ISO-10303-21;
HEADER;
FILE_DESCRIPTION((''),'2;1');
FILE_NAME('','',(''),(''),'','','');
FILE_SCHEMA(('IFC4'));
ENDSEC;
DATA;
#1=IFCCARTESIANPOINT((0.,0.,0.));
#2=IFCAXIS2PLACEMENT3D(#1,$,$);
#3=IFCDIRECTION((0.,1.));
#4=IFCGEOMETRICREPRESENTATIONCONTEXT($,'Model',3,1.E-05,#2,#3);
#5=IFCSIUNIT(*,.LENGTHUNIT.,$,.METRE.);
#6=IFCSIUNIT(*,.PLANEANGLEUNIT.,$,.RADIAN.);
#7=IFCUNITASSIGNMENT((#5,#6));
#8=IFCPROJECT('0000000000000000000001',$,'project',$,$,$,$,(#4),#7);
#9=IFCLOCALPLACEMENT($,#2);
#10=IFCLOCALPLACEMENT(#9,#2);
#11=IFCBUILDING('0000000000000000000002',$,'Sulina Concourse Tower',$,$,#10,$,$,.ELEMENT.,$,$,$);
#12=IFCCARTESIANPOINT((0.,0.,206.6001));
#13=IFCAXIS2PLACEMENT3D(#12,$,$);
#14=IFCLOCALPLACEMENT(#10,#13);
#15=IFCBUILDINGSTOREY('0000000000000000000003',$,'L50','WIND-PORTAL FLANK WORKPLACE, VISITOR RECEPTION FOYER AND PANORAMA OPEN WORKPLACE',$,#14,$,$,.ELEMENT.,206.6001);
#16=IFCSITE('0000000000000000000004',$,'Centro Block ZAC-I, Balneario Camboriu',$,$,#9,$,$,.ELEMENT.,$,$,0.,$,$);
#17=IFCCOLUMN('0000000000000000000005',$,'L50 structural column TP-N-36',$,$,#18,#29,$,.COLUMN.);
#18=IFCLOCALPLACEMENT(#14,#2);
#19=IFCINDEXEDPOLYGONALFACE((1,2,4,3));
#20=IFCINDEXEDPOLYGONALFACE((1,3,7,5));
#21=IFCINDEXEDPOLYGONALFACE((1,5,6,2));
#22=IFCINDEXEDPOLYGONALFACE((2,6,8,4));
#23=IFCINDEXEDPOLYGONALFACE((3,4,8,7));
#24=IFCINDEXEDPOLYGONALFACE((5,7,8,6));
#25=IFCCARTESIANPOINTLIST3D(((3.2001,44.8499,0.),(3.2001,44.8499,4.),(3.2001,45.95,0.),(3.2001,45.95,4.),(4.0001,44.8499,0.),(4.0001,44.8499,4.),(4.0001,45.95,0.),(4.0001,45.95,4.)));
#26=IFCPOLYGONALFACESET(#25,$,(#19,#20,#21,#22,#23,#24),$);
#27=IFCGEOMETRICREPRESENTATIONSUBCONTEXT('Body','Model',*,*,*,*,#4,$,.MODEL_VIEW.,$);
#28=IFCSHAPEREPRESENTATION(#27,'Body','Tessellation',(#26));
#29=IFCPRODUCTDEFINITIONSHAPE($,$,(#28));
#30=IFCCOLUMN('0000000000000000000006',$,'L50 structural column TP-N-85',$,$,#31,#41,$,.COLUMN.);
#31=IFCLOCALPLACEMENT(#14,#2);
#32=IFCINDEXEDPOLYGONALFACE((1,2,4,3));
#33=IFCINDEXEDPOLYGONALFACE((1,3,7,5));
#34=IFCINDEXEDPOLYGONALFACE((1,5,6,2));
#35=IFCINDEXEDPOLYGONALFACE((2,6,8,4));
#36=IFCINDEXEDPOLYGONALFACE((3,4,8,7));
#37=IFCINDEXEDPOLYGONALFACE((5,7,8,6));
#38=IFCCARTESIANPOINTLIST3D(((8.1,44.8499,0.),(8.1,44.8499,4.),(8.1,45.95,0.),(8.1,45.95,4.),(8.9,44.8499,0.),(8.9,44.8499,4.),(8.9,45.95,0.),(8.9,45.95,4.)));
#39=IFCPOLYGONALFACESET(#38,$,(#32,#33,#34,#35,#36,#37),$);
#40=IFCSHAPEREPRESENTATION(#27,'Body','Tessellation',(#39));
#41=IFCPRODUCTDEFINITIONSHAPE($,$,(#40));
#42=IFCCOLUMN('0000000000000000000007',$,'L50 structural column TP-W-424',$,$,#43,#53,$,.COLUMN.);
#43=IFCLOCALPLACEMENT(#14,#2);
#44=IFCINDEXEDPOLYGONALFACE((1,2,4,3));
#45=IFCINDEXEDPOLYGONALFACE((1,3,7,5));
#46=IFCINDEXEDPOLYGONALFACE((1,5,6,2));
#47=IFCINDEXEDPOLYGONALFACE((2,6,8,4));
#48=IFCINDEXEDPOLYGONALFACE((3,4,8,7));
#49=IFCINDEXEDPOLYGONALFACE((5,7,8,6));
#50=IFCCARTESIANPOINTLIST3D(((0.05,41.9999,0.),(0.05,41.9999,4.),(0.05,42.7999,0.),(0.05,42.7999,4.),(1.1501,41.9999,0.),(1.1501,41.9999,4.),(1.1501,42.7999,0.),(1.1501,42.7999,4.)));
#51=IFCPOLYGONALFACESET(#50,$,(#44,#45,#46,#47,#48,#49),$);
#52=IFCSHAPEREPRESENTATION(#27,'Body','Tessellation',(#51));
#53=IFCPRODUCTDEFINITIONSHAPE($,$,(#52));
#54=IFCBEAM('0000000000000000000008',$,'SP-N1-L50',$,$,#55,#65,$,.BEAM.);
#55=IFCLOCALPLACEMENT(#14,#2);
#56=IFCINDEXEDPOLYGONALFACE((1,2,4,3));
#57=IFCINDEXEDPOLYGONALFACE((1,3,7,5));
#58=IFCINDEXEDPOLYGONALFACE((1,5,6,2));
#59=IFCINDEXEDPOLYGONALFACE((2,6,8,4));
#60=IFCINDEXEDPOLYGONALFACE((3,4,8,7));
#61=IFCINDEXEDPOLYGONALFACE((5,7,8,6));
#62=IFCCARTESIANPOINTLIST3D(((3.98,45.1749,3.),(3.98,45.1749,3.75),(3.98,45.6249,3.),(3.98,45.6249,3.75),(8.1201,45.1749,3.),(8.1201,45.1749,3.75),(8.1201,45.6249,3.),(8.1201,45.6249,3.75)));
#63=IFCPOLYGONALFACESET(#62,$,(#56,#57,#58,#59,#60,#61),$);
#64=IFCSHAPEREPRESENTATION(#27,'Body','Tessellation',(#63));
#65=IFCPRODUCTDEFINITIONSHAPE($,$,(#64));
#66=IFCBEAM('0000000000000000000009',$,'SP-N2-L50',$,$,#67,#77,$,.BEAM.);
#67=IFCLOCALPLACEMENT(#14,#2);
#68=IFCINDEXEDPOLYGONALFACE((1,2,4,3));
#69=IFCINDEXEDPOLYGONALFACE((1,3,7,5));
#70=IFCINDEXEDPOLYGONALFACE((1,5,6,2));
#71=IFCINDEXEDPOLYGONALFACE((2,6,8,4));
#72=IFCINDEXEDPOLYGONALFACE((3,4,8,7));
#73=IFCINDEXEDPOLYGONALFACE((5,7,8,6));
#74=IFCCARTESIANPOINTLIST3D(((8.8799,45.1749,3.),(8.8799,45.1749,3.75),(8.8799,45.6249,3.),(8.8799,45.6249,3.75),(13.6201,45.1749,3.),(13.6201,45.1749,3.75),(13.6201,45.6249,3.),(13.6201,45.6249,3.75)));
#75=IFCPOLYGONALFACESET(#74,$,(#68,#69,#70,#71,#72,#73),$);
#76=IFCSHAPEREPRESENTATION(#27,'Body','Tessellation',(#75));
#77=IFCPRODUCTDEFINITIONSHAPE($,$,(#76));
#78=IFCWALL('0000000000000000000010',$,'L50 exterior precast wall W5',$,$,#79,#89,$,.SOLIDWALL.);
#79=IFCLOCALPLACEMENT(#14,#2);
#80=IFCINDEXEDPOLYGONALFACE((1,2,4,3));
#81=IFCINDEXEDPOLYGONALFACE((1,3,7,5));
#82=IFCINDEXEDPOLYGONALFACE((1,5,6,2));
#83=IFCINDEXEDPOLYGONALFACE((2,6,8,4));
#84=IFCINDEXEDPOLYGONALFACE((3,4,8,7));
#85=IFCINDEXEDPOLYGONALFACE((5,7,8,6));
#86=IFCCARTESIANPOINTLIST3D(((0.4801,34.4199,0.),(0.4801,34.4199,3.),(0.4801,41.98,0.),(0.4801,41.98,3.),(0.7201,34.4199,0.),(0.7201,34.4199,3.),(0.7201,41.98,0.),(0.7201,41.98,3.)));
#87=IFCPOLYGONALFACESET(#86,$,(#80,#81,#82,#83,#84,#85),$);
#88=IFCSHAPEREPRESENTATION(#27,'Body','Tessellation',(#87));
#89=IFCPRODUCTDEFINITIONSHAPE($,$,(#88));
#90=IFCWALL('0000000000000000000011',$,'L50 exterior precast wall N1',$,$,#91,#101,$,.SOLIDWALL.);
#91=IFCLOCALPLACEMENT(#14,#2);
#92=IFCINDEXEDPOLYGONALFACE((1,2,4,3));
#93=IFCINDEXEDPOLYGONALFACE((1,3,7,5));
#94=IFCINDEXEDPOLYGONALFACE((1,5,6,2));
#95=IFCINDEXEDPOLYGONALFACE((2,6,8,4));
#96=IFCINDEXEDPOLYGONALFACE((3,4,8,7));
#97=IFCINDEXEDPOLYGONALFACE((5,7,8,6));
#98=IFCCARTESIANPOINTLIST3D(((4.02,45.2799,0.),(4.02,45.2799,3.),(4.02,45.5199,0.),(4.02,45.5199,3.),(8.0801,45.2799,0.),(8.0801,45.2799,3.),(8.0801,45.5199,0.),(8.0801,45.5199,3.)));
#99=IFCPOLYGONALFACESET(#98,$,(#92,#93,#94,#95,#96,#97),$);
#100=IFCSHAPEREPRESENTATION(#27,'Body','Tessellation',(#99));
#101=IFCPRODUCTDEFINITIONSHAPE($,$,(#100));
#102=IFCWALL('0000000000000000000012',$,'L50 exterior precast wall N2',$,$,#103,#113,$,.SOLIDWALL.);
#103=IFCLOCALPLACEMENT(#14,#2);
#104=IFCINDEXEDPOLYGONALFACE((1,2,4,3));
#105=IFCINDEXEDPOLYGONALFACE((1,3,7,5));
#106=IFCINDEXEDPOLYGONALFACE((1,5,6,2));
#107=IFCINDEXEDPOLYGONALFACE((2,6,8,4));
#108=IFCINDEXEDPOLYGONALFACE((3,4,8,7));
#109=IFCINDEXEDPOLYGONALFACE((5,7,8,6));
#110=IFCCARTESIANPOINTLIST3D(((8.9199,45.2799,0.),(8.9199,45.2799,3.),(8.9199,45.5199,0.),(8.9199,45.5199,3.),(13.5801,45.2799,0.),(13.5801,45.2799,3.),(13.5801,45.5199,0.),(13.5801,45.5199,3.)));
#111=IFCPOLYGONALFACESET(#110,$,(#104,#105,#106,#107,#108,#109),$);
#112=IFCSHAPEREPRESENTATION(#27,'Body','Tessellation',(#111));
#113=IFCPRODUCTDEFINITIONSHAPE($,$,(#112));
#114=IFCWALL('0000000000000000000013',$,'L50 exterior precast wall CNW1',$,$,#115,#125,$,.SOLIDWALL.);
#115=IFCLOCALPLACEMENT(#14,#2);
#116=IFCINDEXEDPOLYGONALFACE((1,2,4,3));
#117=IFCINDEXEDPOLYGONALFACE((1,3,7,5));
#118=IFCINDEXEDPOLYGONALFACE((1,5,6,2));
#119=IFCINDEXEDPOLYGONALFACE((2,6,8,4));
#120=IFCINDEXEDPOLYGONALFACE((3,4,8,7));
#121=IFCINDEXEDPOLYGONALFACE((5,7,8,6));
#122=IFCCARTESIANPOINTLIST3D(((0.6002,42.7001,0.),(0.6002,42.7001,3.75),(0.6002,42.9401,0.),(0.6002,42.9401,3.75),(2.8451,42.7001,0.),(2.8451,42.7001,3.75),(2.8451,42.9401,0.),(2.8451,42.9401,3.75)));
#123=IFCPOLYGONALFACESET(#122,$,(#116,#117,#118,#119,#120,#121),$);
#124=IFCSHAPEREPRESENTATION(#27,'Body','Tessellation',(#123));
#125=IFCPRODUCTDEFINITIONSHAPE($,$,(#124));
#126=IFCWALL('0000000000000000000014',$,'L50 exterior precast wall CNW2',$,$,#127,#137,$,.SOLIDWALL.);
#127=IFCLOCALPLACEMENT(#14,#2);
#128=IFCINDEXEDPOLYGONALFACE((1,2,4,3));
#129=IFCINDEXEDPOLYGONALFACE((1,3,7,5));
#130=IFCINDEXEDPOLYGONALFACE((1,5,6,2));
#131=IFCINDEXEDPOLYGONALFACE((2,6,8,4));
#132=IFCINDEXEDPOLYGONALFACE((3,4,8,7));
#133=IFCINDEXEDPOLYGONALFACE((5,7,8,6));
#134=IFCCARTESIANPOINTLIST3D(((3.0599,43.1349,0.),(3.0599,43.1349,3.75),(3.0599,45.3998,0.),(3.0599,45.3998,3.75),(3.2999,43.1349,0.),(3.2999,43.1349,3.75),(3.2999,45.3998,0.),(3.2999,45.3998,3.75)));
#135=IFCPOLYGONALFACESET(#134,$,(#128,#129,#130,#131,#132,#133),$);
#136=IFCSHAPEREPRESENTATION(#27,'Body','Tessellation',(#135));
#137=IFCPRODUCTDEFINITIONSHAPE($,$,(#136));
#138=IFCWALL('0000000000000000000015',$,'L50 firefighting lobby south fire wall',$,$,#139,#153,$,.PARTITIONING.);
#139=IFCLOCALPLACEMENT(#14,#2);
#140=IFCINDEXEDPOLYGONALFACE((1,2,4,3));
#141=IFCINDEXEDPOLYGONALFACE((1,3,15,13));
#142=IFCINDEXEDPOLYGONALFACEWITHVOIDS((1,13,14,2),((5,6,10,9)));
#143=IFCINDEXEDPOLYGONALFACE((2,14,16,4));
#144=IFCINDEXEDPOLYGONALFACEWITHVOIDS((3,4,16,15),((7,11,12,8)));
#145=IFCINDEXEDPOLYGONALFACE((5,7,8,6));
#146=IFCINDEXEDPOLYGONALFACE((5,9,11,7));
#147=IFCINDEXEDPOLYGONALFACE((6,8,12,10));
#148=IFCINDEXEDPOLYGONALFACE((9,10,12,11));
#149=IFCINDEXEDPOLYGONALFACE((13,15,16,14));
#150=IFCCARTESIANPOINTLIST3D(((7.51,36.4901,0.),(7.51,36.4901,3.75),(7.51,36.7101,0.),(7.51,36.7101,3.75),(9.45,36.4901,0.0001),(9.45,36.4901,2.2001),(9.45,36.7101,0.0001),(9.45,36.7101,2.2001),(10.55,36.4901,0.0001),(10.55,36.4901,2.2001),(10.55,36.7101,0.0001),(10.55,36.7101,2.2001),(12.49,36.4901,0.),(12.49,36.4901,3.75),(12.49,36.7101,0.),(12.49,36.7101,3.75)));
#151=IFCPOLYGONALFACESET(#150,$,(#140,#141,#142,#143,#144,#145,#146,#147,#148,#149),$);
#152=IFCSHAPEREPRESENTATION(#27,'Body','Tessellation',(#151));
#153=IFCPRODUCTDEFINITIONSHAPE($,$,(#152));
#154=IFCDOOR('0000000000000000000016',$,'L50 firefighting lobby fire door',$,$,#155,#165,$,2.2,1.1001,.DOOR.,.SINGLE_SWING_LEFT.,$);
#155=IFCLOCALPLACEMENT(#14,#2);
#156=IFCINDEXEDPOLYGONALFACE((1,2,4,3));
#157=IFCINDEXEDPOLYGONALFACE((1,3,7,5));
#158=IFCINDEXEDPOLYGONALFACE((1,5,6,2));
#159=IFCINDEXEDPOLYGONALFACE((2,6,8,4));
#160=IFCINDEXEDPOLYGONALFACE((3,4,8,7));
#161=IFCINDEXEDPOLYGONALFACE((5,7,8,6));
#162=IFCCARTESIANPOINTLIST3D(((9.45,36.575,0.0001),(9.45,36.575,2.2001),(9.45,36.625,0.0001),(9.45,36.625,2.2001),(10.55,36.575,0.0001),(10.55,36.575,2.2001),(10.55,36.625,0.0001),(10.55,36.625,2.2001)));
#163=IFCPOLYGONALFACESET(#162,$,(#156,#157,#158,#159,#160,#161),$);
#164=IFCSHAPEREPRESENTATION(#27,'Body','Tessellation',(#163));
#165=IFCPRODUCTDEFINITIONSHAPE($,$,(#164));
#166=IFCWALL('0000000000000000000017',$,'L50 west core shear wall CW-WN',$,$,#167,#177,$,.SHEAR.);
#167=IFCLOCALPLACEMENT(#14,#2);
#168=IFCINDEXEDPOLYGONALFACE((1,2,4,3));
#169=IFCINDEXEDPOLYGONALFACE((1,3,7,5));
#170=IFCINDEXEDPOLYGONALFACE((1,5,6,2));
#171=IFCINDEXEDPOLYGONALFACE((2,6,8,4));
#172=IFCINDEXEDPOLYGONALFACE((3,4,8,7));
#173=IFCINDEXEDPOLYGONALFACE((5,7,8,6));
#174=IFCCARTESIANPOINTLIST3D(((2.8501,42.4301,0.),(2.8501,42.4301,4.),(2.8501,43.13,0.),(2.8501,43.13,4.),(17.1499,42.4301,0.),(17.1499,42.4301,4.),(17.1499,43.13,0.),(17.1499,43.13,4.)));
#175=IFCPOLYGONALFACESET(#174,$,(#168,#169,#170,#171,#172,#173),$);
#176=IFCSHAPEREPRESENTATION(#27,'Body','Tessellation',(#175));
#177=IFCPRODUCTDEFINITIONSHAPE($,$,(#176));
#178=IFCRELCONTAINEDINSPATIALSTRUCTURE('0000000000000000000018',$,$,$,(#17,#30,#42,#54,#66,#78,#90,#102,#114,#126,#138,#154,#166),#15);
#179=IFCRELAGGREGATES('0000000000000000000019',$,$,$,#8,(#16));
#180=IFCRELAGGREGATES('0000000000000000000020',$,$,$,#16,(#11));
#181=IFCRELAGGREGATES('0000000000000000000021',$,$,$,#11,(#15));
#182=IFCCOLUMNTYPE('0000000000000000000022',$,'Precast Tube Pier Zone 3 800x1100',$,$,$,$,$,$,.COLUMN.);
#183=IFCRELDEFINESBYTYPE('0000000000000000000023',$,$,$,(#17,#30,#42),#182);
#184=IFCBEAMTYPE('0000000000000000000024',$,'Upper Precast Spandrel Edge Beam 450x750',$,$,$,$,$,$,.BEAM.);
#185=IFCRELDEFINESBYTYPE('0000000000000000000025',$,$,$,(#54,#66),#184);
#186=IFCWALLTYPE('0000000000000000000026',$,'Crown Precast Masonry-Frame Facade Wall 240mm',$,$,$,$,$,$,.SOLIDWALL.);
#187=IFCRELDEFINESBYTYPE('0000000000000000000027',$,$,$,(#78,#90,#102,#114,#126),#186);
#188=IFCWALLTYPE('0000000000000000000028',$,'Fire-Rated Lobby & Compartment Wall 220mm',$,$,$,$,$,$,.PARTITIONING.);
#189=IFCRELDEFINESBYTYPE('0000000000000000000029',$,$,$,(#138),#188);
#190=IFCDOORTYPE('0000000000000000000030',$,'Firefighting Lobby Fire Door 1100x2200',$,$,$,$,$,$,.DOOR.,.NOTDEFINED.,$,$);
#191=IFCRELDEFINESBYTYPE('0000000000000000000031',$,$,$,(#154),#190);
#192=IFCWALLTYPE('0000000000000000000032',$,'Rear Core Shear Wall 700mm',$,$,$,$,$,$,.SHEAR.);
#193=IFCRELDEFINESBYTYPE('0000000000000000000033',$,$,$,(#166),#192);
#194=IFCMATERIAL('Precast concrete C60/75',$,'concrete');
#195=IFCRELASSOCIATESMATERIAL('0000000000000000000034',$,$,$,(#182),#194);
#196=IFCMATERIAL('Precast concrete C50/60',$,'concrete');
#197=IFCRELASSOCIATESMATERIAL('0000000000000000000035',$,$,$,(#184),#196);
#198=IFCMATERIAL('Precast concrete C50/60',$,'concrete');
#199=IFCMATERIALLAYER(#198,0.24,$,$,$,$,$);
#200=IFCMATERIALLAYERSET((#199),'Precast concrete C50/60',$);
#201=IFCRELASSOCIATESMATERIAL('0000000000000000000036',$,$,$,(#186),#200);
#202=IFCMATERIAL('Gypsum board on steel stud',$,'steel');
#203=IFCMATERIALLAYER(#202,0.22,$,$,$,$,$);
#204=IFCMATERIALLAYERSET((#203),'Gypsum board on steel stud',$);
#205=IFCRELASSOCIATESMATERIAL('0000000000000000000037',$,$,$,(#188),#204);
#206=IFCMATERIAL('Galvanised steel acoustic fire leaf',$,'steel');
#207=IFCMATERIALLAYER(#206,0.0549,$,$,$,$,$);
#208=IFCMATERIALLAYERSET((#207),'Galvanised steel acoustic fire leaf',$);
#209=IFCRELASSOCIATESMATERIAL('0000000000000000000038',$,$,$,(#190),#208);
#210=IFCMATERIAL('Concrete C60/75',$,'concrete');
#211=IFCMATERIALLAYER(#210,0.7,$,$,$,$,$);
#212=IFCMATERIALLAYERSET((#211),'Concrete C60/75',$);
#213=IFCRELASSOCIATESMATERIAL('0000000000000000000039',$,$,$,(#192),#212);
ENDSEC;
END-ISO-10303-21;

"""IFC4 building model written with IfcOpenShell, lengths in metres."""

from ifc_helpers import new_model, si_unit, direction, frame, frame_2d, origin, origin_2d, place, context, subcontext, project, spatial, rectangle, extrude, material, layer, layer_set, material_profile, profile_set, type_object, element, fill, save


model = new_model("IFC4")

# Units and contexts
model_context = context("Model", 3, precision=1e-05, world=origin(), true_north=direction((0.0, 1.0)))
body_context = subcontext(model_context, "Body", "Model", "MODEL_VIEW")
ifc_project = project(units=[si_unit("LENGTHUNIT", "METRE"), si_unit("PLANEANGLEUNIT", "RADIAN")], contexts=[model_context])

# Site, building, storey
site_placement = place(None, origin())
site = spatial("IfcSite", under=ifc_project, at=site_placement, Name="Centro Block ZAC-I, Balneario Camboriu", CompositionType="ELEMENT", RefElevation=0.0)
building_placement = place(site_placement, origin())
building = spatial("IfcBuilding", under=site, at=building_placement, Name="Sulina Concourse Tower", CompositionType="ELEMENT")
storey_placement = place(building_placement, frame((0.0, 0.0, 206.6001)))
storey = spatial("IfcBuildingStorey", under=building, at=storey_placement, Name="L50", Description="WIND-PORTAL FLANK WORKPLACE, VISITOR RECEPTION FOYER AND PANORAMA OPEN WORKPLACE", CompositionType="ELEMENT", Elevation=206.6001)

# Columns
ifc_material_1 = material(Name="Precast concrete C60/75", Category="concrete")
ifc_material_profile_1 = material_profile(ifc_material_1, rectangle(XDim=0.8, YDim=1.1001, at=origin_2d()), Name="PC 800x1100")
ifc_profile_set_1 = profile_set([ifc_material_profile_1], Name="Precast concrete C60/75")
column_type = type_object("IfcColumnType", Name="Precast Tube Pier Zone 3 800x1100", PredefinedType="COLUMN", material=ifc_profile_set_1)
for number, where, z_axis, x_axis, name in (
    (1, (3.6001, 45.3999, 0.0), (0.0, 0.0, 1.0), (1.0, 0.0, 0.0), "L50 structural column TP-N-36"),
    (2, (8.5, 45.3999, 0.0), (0.0, 0.0, 1.0), (1.0, 0.0, 0.0), "L50 structural column TP-N-85"),
    (3, (0.6001, 42.3999, 0.0), (0.0, 0.0, 1.0), (0.0, 1.0, 0.0), "L50 structural column TP-W-424"),
):
    element("IfcColumn", number, at=place(storey_placement, frame(where, z_axis=z_axis, x_axis=x_axis)), inside=storey, type_object=column_type, Name=name, PredefinedType="COLUMN", context=body_context, shape_type="SweptSolid", body=[
        extrude(rectangle(XDim=0.8, YDim=1.1001, at=origin_2d()), origin(), (0.0, 0.0, 1.0), 4.0),
    ])

# Beams
ifc_material_2 = material(Name="Precast concrete C50/60", Category="concrete")
ifc_material_profile_2 = material_profile(ifc_material_2, rectangle(XDim=0.45, YDim=0.75, at=origin_2d()), Name="RC 450x750")
ifc_profile_set_2 = profile_set([ifc_material_profile_2], Name="Precast concrete C50/60")
beam_type = type_object("IfcBeamType", Name="Upper Precast Spandrel Edge Beam 450x750", PredefinedType="BEAM", material=ifc_profile_set_2)
beam_1_placement = place(storey_placement, frame((3.98, 45.3999, 3.375), z_axis=(1.0, 0.0, 0.0), x_axis=(0.0, 1.0, 0.0)))
element("IfcBeam", 4, at=beam_1_placement, inside=storey, type_object=beam_type, Name="SP-N1-L50", PredefinedType="BEAM", context=body_context, shape_type="SweptSolid", body=[
    extrude(rectangle(XDim=0.45, YDim=0.75, at=origin_2d()), origin(), (0.0, 0.0, 1.0), 4.1401),
])
beam_2_placement = place(storey_placement, frame((8.8799, 45.3999, 3.375), z_axis=(1.0, 0.0, 0.0), x_axis=(0.0, 1.0, 0.0)))
element("IfcBeam", 5, at=beam_2_placement, inside=storey, type_object=beam_type, Name="SP-N2-L50", PredefinedType="BEAM", context=body_context, shape_type="SweptSolid", body=[
    extrude(rectangle(XDim=0.45, YDim=0.75, at=origin_2d()), origin(), (0.0, 0.0, 1.0), 4.7402),
])

# Walls
ifc_material_3 = material(Name="Precast concrete C50/60", Category="concrete")
ifc_layer_1 = layer(ifc_material_3, 0.24)
ifc_layer_set_1 = layer_set([ifc_layer_1], Name="Precast concrete C50/60")
wall_type_1 = type_object("IfcWallType", Name="Crown Precast Masonry-Frame Facade Wall 240mm", PredefinedType="SOLIDWALL", material=ifc_layer_set_1)
wall_1_placement = place(storey_placement, frame((0.6001, 34.4199, 0.0), z_axis=(0.0, 0.0, 1.0), x_axis=(0.0, 1.0, 0.0)))
element("IfcWall", 6, at=wall_1_placement, inside=storey, type_object=wall_type_1, Name="L50 exterior precast wall W5", PredefinedType="SOLIDWALL", context=body_context, shape_type="SweptSolid", body=[
    extrude(rectangle(XDim=7.5601, YDim=0.24, at=frame_2d((3.78, 0.0))), origin(), (0.0, 0.0, 1.0), 3.0),
])
wall_2_placement = place(storey_placement, frame((4.02, 45.3999, 0.0), z_axis=(0.0, 0.0, 1.0), x_axis=(1.0, 0.0, 0.0)))
element("IfcWall", 7, at=wall_2_placement, inside=storey, type_object=wall_type_1, Name="L50 exterior precast wall N1", PredefinedType="SOLIDWALL", context=body_context, shape_type="SweptSolid", body=[
    extrude(rectangle(XDim=4.0601, YDim=0.24, at=frame_2d((2.03, 0.0))), origin(), (0.0, 0.0, 1.0), 3.0),
])
wall_3_placement = place(storey_placement, frame((8.9199, 45.3999, 0.0), z_axis=(0.0, 0.0, 1.0), x_axis=(1.0, 0.0, 0.0)))
element("IfcWall", 8, at=wall_3_placement, inside=storey, type_object=wall_type_1, Name="L50 exterior precast wall N2", PredefinedType="SOLIDWALL", context=body_context, shape_type="SweptSolid", body=[
    extrude(rectangle(XDim=4.6602, YDim=0.24, at=frame_2d((2.3301, 0.0))), origin(), (0.0, 0.0, 1.0), 3.0),
])
wall_4_placement = place(storey_placement, frame((0.6001, 42.8201, 0.0), z_axis=(0.0, 0.0, 1.0), x_axis=(1.0, 0.0, 0.0)))
element("IfcWall", 9, at=wall_4_placement, inside=storey, type_object=wall_type_1, Name="L50 exterior precast wall CNW1", PredefinedType="SOLIDWALL", context=body_context, shape_type="SweptSolid", body=[
    extrude(rectangle(XDim=2.2449, YDim=0.24, at=frame_2d((1.1226, 0.0))), origin(), (0.0, 0.0, 1.0), 3.75),
])
wall_5_placement = place(storey_placement, frame((3.1799, 43.135, 0.0), z_axis=(0.0, 0.0, 1.0), x_axis=(0.0, 1.0, 0.0)))
element("IfcWall", 10, at=wall_5_placement, inside=storey, type_object=wall_type_1, Name="L50 exterior precast wall CNW2", PredefinedType="SOLIDWALL", context=body_context, shape_type="SweptSolid", body=[
    extrude(rectangle(XDim=2.2649, YDim=0.24, at=frame_2d((1.1323, 0.0))), origin(), (0.0, 0.0, 1.0), 3.75),
])

# Wall, opening, door
ifc_material_4 = material(Name="Gypsum board on steel stud", Category="steel")
ifc_layer_2 = layer(ifc_material_4, 0.22)
ifc_layer_set_2 = layer_set([ifc_layer_2], Name="Gypsum board on steel stud")
wall_type_2 = type_object("IfcWallType", Name="Fire-Rated Lobby & Compartment Wall 220mm", PredefinedType="PARTITIONING", material=ifc_layer_set_2)
wall_6_placement = place(storey_placement, frame((7.51, 36.6001, 0.0), z_axis=(0.0, 0.0, 1.0), x_axis=(1.0, 0.0, 0.0)))
wall_6 = element("IfcWall", 11, at=wall_6_placement, inside=storey, type_object=wall_type_2, Name="L50 firefighting lobby south fire wall", PredefinedType="PARTITIONING", context=body_context, shape_type="SweptSolid", body=[
    extrude(rectangle(XDim=4.98, YDim=0.22, at=frame_2d((2.49, 0.0))), origin(), (0.0, 0.0, 1.0), 3.75),
])
opening_placement = place(wall_6_placement, frame((1.9399, 0.0, 0.0)))
opening = element("IfcOpeningElement", 12, at=opening_placement, cuts=wall_6, PredefinedType="OPENING", context=body_context, shape_type="SweptSolid", body=[
    extrude(rectangle(XDim=1.1001, YDim=2.2, at=frame_2d((0.55, 1.1001))), frame((0.0, 0.1199, 0.0), z_axis=(0.0, -1.0, 0.0), x_axis=(1.0, 0.0, 0.0)), (0.0, 0.0, 1.0), 0.24),
])
ifc_material_5 = material(Name="Galvanised steel acoustic fire leaf", Category="steel")
ifc_layer_3 = layer(ifc_material_5, 0.0549)
ifc_layer_set_3 = layer_set([ifc_layer_3], Name="Galvanised steel acoustic fire leaf")
door_type = type_object("IfcDoorType", Name="Firefighting Lobby Fire Door 1100x2200", OperationType="NOTDEFINED", PredefinedType="DOOR", material=ifc_layer_set_3)
door_placement = place(opening_placement, origin())
door = element("IfcDoor", 13, at=door_placement, inside=storey, type_object=door_type, Name="L50 firefighting lobby fire door", OperationType="SINGLE_SWING_LEFT", OverallHeight=2.2, OverallWidth=1.1001, PredefinedType="DOOR", context=body_context, shape_type="SweptSolid", body=[
    extrude(rectangle(XDim=1.1001, YDim=2.2, at=frame_2d((0.55, 1.1001))), frame((0.0, 0.0249, 0.0), z_axis=(0.0, -1.0, 0.0), x_axis=(1.0, 0.0, 0.0)), (0.0, 0.0, 1.0), 0.05),
])
fill(opening, door)

# Wall
ifc_material_6 = material(Name="Concrete C60/75", Category="concrete")
ifc_layer_4 = layer(ifc_material_6, 0.7)
ifc_layer_set_4 = layer_set([ifc_layer_4], Name="Concrete C60/75")
wall_type_3 = type_object("IfcWallType", Name="Rear Core Shear Wall 700mm", PredefinedType="SHEAR", material=ifc_layer_set_4)
wall_7_placement = place(storey_placement, frame((2.8501, 42.78, 0.0), z_axis=(0.0, 0.0, 1.0), x_axis=(1.0, 0.0, 0.0)))
element("IfcWall", 14, at=wall_7_placement, inside=storey, type_object=wall_type_3, Name="L50 west core shear wall CW-WN", PredefinedType="SHEAR", context=body_context, shape_type="SweptSolid", body=[
    extrude(rectangle(XDim=14.2998, YDim=0.7, at=frame_2d((7.1499, 0.0))), origin(), (0.0, 0.0, 1.0), 4.0),
])

save(model, "model.ifc")
